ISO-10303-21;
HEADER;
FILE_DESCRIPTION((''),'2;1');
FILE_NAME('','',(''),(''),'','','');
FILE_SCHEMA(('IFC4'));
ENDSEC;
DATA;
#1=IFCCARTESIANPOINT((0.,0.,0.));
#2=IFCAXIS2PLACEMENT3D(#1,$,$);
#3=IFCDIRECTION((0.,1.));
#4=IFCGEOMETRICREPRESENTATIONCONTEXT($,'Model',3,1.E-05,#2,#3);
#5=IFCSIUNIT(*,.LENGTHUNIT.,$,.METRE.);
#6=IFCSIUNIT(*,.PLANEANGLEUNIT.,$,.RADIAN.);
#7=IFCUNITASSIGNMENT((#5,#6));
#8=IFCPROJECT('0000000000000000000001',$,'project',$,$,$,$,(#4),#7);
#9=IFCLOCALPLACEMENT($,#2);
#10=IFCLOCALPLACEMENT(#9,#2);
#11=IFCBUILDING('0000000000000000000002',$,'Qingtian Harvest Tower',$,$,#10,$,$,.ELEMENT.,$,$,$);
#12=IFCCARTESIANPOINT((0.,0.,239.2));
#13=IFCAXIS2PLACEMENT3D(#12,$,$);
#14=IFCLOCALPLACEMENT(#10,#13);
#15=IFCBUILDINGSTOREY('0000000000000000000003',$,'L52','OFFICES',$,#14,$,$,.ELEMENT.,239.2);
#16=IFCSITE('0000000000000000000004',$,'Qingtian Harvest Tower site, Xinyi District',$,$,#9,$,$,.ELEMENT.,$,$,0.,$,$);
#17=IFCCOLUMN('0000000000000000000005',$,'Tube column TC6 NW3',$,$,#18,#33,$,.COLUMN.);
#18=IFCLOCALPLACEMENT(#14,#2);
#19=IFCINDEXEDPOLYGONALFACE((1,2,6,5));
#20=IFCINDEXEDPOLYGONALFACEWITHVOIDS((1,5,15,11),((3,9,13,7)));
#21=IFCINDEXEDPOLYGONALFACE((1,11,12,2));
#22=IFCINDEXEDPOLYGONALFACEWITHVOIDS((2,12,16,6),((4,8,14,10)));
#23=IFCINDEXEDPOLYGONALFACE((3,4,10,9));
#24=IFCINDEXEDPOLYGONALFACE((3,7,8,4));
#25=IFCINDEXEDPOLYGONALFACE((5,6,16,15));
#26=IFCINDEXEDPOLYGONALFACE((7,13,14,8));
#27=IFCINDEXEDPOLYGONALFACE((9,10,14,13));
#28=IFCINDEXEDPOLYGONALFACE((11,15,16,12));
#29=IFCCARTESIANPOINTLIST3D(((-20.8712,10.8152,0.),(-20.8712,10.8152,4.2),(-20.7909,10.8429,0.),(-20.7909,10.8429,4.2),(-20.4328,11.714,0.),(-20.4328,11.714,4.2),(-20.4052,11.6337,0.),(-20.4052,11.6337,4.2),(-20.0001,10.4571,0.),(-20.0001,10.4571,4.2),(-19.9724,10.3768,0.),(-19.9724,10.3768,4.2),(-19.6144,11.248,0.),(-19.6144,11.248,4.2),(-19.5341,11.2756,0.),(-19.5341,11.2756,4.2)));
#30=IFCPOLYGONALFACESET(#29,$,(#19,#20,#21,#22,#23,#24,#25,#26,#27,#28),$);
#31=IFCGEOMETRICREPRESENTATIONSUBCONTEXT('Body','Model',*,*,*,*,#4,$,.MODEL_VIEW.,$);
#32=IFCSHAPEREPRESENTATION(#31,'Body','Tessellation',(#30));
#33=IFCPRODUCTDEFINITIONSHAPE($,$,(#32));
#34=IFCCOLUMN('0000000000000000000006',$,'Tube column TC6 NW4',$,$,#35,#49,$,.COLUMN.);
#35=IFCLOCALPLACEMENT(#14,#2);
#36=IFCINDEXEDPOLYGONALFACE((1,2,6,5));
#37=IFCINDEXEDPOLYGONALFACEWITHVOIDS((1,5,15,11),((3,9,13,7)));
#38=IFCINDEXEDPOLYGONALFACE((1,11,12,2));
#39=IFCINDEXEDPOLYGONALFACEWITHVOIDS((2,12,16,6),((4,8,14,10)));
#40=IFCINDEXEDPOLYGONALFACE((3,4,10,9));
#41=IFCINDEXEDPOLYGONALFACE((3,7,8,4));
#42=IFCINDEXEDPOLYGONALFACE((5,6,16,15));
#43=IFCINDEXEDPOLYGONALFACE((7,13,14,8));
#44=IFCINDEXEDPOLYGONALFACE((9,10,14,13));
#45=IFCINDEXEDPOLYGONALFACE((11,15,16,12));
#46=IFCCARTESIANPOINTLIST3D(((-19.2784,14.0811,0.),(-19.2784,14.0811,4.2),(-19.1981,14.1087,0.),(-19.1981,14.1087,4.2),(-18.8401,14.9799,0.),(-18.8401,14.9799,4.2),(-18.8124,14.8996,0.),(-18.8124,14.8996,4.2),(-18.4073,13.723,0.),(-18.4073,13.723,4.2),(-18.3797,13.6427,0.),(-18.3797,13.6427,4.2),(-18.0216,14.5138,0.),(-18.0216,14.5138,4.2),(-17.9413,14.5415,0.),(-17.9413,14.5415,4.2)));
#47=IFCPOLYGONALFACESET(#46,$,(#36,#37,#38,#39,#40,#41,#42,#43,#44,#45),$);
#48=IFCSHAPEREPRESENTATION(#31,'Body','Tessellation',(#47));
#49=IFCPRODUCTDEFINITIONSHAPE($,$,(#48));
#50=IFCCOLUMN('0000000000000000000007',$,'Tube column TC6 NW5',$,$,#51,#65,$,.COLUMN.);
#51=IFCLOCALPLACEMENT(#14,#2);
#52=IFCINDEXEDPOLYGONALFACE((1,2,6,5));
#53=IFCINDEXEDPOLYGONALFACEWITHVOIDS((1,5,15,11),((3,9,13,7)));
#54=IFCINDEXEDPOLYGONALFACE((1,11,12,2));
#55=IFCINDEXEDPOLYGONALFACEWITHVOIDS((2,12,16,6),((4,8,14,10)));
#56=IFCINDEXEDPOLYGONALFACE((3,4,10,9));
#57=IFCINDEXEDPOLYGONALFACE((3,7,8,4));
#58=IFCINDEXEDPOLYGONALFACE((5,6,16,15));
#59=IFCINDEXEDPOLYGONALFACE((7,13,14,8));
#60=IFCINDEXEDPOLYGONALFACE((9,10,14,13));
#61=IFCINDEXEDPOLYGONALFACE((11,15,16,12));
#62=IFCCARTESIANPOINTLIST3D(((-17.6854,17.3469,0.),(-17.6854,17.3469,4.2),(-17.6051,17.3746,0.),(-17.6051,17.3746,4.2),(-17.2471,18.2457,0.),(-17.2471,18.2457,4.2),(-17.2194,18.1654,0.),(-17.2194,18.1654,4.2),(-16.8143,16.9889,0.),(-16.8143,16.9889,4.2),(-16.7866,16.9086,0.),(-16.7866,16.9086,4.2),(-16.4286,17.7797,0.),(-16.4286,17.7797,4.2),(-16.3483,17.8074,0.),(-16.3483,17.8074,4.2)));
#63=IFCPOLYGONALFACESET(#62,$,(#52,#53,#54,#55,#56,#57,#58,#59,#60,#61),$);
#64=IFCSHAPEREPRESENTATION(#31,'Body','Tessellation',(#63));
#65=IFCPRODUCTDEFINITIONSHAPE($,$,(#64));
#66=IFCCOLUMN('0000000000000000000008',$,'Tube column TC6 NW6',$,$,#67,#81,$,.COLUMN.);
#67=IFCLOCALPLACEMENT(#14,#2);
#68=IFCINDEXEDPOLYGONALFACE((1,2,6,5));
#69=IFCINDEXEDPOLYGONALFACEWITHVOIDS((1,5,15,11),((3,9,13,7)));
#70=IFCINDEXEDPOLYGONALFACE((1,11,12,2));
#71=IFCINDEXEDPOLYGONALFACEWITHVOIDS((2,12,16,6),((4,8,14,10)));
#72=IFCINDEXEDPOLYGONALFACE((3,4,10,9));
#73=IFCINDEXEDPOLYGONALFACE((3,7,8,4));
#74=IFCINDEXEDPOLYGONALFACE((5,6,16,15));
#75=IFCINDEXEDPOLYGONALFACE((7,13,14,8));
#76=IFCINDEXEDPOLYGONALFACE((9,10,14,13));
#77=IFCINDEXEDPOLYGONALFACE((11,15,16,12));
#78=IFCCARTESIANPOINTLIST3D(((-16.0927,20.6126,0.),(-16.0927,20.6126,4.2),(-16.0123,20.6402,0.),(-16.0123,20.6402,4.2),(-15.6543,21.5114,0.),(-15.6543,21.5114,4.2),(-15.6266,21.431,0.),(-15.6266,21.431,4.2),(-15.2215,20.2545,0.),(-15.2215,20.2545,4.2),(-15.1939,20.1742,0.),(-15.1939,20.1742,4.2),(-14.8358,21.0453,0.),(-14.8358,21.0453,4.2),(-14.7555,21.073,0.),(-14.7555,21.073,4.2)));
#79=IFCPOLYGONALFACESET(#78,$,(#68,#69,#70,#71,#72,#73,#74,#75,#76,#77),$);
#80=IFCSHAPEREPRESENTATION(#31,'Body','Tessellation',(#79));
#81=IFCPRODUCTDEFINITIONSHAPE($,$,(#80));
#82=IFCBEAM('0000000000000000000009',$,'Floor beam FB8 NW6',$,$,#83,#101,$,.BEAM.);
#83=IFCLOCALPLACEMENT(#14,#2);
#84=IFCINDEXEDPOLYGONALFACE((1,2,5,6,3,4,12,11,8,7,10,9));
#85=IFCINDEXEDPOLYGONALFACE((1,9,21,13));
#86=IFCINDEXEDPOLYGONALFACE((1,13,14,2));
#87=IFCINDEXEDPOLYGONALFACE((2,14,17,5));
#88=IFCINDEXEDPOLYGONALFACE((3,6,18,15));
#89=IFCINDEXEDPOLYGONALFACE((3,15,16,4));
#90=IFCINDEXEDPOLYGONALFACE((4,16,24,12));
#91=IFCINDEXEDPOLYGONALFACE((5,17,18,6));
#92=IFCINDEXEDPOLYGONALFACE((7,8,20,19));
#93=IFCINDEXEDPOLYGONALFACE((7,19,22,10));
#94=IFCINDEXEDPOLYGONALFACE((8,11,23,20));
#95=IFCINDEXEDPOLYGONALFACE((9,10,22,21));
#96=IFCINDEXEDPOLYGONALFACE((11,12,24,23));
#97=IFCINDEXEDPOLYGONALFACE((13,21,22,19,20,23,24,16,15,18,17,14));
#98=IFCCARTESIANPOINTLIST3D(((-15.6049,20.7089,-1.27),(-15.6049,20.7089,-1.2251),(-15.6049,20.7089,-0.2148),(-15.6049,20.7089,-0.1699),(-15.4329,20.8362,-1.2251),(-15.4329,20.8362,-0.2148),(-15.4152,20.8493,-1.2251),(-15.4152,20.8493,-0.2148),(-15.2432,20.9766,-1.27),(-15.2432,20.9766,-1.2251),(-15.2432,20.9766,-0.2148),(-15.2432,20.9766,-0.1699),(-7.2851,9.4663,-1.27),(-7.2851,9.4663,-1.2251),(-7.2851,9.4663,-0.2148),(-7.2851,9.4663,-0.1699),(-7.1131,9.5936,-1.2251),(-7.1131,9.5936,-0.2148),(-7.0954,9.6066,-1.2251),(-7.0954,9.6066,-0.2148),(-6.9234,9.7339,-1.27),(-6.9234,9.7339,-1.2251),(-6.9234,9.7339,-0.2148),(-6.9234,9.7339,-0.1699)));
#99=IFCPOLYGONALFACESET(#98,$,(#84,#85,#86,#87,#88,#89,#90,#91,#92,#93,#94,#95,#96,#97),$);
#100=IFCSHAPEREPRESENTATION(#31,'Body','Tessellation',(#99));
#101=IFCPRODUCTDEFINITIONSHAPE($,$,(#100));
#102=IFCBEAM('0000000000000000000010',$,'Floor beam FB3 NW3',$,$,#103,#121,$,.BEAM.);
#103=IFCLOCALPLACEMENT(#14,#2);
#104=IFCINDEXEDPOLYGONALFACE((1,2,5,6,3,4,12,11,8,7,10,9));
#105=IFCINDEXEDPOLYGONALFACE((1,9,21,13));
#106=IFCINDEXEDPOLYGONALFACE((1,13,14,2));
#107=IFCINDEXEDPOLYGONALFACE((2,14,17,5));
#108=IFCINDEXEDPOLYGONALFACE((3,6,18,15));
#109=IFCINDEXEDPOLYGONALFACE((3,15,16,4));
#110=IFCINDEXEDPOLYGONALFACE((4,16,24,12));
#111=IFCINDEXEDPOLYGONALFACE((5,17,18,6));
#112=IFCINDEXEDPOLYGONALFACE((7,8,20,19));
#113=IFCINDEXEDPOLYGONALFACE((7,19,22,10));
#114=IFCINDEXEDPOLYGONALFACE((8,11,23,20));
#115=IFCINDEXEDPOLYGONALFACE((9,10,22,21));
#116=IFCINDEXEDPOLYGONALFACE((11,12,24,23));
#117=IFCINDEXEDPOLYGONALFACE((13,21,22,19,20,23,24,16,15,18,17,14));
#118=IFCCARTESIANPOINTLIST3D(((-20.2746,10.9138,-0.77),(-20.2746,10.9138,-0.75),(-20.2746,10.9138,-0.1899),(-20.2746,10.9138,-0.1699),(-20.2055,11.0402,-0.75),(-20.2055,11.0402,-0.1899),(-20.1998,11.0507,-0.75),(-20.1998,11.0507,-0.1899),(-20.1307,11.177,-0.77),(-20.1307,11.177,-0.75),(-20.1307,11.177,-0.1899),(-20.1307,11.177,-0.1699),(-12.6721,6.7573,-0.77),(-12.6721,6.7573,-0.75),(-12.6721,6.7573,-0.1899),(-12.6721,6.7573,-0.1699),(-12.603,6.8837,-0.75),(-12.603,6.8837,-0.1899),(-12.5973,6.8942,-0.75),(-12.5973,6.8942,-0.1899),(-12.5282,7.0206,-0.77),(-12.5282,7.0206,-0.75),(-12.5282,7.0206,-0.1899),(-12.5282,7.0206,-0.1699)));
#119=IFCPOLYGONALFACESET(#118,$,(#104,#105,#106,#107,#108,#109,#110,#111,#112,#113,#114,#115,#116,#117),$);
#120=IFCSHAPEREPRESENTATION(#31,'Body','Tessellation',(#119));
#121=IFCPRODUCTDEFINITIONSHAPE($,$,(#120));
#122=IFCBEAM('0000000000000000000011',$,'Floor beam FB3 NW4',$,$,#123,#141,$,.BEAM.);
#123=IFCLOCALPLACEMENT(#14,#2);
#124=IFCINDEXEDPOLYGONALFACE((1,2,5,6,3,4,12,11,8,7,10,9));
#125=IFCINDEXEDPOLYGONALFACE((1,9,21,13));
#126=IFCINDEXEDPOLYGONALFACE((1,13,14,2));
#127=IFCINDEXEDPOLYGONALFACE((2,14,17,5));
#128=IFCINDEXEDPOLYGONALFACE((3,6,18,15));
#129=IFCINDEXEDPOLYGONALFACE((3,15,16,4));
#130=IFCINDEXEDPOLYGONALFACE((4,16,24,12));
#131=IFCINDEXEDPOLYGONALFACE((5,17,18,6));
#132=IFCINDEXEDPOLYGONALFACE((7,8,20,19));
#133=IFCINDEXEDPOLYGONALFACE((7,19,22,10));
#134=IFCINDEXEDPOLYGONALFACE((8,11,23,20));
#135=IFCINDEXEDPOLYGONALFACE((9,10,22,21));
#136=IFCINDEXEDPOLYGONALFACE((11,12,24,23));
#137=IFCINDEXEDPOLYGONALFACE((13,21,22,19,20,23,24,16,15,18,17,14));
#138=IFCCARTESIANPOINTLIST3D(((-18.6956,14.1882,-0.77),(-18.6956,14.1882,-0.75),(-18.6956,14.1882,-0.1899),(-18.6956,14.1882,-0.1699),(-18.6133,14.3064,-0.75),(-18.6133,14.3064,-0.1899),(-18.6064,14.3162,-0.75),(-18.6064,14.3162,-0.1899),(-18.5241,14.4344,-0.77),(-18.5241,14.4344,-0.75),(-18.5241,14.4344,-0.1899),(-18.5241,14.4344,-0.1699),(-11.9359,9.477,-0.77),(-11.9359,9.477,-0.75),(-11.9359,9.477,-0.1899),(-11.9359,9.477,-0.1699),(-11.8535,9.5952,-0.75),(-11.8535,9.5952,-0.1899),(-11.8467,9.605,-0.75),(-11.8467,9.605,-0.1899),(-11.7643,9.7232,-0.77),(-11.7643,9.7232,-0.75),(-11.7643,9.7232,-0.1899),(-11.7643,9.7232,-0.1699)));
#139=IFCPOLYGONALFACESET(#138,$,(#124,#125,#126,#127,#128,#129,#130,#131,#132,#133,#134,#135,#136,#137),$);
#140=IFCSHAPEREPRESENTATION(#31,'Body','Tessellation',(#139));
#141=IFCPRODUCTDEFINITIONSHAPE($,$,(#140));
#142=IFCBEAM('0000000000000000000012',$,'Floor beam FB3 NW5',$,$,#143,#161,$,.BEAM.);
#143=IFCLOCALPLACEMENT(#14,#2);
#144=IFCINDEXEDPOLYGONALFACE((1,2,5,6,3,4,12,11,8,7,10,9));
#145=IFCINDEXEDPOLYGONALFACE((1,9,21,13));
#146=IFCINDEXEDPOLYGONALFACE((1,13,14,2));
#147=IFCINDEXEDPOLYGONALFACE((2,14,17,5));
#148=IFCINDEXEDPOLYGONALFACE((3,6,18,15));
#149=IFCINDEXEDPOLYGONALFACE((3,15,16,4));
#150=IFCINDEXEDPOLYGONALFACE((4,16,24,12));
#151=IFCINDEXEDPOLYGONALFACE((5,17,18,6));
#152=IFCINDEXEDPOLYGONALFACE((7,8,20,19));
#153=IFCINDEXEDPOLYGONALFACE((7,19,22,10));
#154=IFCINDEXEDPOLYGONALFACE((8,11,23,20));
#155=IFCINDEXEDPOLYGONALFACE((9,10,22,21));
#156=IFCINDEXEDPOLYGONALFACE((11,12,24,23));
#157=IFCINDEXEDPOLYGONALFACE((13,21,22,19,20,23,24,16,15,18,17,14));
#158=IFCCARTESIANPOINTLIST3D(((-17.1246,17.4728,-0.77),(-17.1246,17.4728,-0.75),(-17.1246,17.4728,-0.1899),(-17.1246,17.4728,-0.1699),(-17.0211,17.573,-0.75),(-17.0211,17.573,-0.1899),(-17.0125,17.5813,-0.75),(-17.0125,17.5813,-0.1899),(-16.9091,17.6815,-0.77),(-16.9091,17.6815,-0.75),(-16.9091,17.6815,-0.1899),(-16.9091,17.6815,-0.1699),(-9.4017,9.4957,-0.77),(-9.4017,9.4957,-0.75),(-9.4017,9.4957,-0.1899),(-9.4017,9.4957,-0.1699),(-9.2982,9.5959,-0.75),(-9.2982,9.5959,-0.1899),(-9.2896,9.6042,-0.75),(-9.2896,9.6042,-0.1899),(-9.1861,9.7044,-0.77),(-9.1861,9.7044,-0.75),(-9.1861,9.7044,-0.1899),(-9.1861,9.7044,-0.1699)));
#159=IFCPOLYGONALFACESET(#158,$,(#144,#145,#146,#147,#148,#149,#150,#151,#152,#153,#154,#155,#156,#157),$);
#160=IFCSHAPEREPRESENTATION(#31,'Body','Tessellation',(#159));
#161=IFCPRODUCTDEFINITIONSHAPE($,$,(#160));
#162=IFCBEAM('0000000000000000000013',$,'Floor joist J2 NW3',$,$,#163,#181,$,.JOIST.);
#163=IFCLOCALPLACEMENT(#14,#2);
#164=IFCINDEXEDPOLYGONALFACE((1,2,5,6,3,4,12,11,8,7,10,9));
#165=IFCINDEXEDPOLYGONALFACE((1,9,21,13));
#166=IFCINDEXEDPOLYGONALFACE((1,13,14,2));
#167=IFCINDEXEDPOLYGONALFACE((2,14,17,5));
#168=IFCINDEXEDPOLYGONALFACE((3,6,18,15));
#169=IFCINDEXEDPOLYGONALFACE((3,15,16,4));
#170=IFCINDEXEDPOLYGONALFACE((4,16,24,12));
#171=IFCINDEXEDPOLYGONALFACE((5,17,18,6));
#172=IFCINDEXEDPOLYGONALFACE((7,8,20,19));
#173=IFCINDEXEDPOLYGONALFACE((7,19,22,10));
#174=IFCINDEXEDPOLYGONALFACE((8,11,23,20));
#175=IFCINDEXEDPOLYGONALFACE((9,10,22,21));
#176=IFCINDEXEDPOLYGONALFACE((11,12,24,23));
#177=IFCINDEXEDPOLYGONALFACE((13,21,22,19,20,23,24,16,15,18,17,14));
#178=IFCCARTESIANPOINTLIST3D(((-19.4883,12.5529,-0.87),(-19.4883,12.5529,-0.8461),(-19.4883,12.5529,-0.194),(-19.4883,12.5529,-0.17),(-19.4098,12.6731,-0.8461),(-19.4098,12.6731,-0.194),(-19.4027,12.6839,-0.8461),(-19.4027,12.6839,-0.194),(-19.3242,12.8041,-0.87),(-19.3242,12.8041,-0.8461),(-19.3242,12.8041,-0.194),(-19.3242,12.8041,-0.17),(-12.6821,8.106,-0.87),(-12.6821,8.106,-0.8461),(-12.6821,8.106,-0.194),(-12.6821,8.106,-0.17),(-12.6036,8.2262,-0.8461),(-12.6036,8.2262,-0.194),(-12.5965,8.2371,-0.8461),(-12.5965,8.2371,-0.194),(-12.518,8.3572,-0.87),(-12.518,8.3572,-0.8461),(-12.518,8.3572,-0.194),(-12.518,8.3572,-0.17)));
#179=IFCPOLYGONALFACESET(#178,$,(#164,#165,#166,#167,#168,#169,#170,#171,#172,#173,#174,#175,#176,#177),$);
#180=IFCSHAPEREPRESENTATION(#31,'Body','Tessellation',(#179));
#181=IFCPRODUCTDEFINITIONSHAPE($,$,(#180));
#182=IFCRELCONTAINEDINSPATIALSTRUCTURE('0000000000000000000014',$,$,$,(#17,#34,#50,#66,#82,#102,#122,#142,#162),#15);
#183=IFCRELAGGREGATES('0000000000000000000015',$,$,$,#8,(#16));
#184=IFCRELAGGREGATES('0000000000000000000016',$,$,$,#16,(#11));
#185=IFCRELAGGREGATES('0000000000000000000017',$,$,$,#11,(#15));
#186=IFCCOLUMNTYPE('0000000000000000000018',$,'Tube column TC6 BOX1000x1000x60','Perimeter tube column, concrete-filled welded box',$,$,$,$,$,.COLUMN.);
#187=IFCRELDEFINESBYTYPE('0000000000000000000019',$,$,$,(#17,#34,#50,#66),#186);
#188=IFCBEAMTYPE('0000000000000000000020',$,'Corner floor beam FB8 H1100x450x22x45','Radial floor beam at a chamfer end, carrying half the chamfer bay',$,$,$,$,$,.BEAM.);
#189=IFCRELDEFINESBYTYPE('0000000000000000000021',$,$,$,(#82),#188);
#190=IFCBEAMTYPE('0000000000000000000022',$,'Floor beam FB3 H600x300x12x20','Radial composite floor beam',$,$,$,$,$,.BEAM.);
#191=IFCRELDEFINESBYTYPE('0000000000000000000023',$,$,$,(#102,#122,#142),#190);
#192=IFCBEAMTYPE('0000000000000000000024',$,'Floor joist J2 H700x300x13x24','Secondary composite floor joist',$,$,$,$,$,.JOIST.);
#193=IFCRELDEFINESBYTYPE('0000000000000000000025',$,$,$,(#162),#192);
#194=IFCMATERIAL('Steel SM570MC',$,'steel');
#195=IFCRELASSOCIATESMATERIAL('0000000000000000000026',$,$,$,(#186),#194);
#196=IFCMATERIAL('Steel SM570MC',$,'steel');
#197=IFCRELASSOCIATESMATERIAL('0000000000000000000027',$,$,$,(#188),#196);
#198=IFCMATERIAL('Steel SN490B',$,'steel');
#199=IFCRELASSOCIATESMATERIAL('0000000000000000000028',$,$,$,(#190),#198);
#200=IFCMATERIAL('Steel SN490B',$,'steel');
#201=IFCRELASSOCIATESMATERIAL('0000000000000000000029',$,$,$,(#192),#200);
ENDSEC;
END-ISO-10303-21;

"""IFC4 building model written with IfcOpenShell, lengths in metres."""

from ifc_helpers import new_model, si_unit, direction, frame, origin, origin_2d, place, context, subcontext, project, spatial, hollow_rectangle, i_section, extrude, material, material_profile, profile_set, type_object, element, save


model = new_model("IFC4")

# Units and contexts
model_context = context("Model", 3, precision=1e-05, world=origin(), true_north=direction((0.0, 1.0)))
body_context = subcontext(model_context, "Body", "Model", "MODEL_VIEW")
ifc_project = project(units=[si_unit("LENGTHUNIT", "METRE"), si_unit("PLANEANGLEUNIT", "RADIAN")], contexts=[model_context])

# Site, building, storey
site_placement = place(None, origin())
site = spatial("IfcSite", under=ifc_project, at=site_placement, Name="Qingtian Harvest Tower site, Xinyi District", CompositionType="ELEMENT", RefElevation=0.0)
building_placement = place(site_placement, origin())
building = spatial("IfcBuilding", under=site, at=building_placement, Name="Qingtian Harvest Tower", CompositionType="ELEMENT")
storey_placement = place(building_placement, frame((0.0, 0.0, 239.2)))
storey = spatial("IfcBuildingStorey", under=building, at=storey_placement, Name="L52", Description="OFFICES", CompositionType="ELEMENT", Elevation=239.2)

# Columns
ifc_material_1 = material(Name="Steel SM570MC", Category="steel")
ifc_material_profile_1 = material_profile(ifc_material_1, hollow_rectangle(XDim=1.0, YDim=1.0, WallThickness=0.0601, at=origin_2d()), Name="BOX1000x1000x60")
ifc_profile_set_1 = profile_set([ifc_material_profile_1], Name="Steel SM570MC")
column_type = type_object("IfcColumnType", Name="Tube column TC6 BOX1000x1000x60", Description="Perimeter tube column, concrete-filled welded box", PredefinedType="COLUMN", material=ifc_profile_set_1)
for number, where, z_axis, x_axis, name in (
    (1, (-20.2026, 11.0454, 0.0), (0.0, 0.0, 1.0), (-0.438371, -0.898794, 0.0), "Tube column TC6 NW3"),
    (2, (-18.6099, 14.3113, 0.0), (0.0, 0.0, 1.0), (-0.438371, -0.898794, 0.0), "Tube column TC6 NW4"),
    (3, (-17.0168, 17.5771, 0.0), (0.0, 0.0, 1.0), (-0.438371, -0.898794, 0.0), "Tube column TC6 NW5"),
    (4, (-15.4241, 20.8428, 0.0), (0.0, 0.0, 1.0), (-0.438371, -0.898794, 0.0), "Tube column TC6 NW6"),
):
    element("IfcColumn", number, at=place(storey_placement, frame(where, z_axis=z_axis, x_axis=x_axis)), inside=storey, type_object=column_type, Name=name, PredefinedType="COLUMN", context=body_context, shape_type="SweptSolid", body=[
        extrude(hollow_rectangle(XDim=1.0, YDim=1.0, WallThickness=0.0601, at=origin_2d()), origin(), (0.0, 0.0, 1.0), 4.2),
    ])

# Beams
ifc_material_2 = material(Name="Steel SM570MC", Category="steel")
ifc_material_profile_2 = material_profile(ifc_material_2, i_section(OverallWidth=0.45, OverallDepth=1.1001, WebThickness=0.022, FlangeThickness=0.0449, at=origin_2d()), Name="H1100x450x22x45")
ifc_profile_set_2 = profile_set([ifc_material_profile_2], Name="Steel SM570MC")
beam_type_1 = type_object("IfcBeamType", Name="Corner floor beam FB8 H1100x450x22x45", Description="Radial floor beam at a chamfer end, carrying half the chamfer bay", PredefinedType="BEAM", material=ifc_profile_set_2)
beam_1_placement = place(storey_placement, frame((-15.4241, 20.8428, -0.72), z_axis=(0.594854, -0.803834, 0.0), x_axis=(0.803834, 0.594854, 0.0)))
element("IfcBeam", 5, at=beam_1_placement, inside=storey, type_object=beam_type_1, Name="Floor beam FB8 NW6", PredefinedType="BEAM", context=body_context, shape_type="SweptSolid", body=[
    extrude(i_section(OverallWidth=0.45, OverallDepth=1.1001, WebThickness=0.022, FlangeThickness=0.0449, at=origin_2d()), origin(), (0.0, 0.0, 1.0), 13.9863),
])
ifc_material_3 = material(Name="Steel SN490B", Category="steel")
ifc_material_profile_3 = material_profile(ifc_material_3, i_section(OverallWidth=0.3, OverallDepth=0.6001, WebThickness=0.012, FlangeThickness=0.02, at=origin_2d()), Name="H600x300x12x20")
ifc_profile_set_3 = profile_set([ifc_material_profile_3], Name="Steel SN490B")
beam_type_2 = type_object("IfcBeamType", Name="Floor beam FB3 H600x300x12x20", Description="Radial composite floor beam", PredefinedType="BEAM", material=ifc_profile_set_3)
beam_2_placement = place(storey_placement, frame((-20.2026, 11.0454, -0.47), z_axis=(0.877427, -0.479711, 0.0), x_axis=(0.479711, 0.877427, 0.0)))
element("IfcBeam", 6, at=beam_2_placement, inside=storey, type_object=beam_type_2, Name="Floor beam FB3 NW3", PredefinedType="BEAM", context=body_context, shape_type="SweptSolid", body=[
    extrude(i_section(OverallWidth=0.3, OverallDepth=0.6001, WebThickness=0.012, FlangeThickness=0.02, at=origin_2d()), origin(), (0.0, 0.0, 1.0), 8.6646),
])
beam_3_placement = place(storey_placement, frame((-18.6099, 14.3113, -0.47), z_axis=(0.820408, -0.571779, 0.0), x_axis=(0.571779, 0.820408, 0.0)))
element("IfcBeam", 7, at=beam_3_placement, inside=storey, type_object=beam_type_2, Name="Floor beam FB3 NW4", PredefinedType="BEAM", context=body_context, shape_type="SweptSolid", body=[
    extrude(i_section(OverallWidth=0.3, OverallDepth=0.6001, WebThickness=0.012, FlangeThickness=0.02, at=origin_2d()), origin(), (0.0, 0.0, 1.0), 8.2395),
])
beam_4_placement = place(storey_placement, frame((-17.0168, 17.5771, -0.47), z_axis=(0.695569, -0.718459, 0.0), x_axis=(0.718459, 0.695569, 0.0)))
element("IfcBeam", 8, at=beam_4_placement, inside=storey, type_object=beam_type_2, Name="Floor beam FB3 NW5", PredefinedType="BEAM", context=body_context, shape_type="SweptSolid", body=[
    extrude(i_section(OverallWidth=0.3, OverallDepth=0.6001, WebThickness=0.012, FlangeThickness=0.02, at=origin_2d()), origin(), (0.0, 0.0, 1.0), 11.103),
])
ifc_material_4 = material(Name="Steel SN490B", Category="steel")
ifc_material_profile_4 = material_profile(ifc_material_4, i_section(OverallWidth=0.3, OverallDepth=0.7, WebThickness=0.0129, FlangeThickness=0.0239, at=origin_2d()), Name="H700x300x13x24")
ifc_profile_set_4 = profile_set([ifc_material_profile_4], Name="Steel SN490B")
beam_type_3 = type_object("IfcBeamType", Name="Floor joist J2 H700x300x13x24", Description="Secondary composite floor joist", PredefinedType="JOIST", material=ifc_profile_set_4)
beam_5_placement = place(storey_placement, frame((-19.4062, 12.6785, -0.52), z_axis=(0.837161, -0.546956, 0.0), x_axis=(0.546956, 0.837161, 0.0)))
element("IfcBeam", 9, at=beam_5_placement, inside=storey, type_object=beam_type_3, Name="Floor joist J2 NW3", PredefinedType="JOIST", context=body_context, shape_type="SweptSolid", body=[
    extrude(i_section(OverallWidth=0.3, OverallDepth=0.7, WebThickness=0.0129, FlangeThickness=0.0239, at=origin_2d()), origin(), (0.0, 0.0, 1.0), 8.1301),
])

save(model, "model.ifc")
